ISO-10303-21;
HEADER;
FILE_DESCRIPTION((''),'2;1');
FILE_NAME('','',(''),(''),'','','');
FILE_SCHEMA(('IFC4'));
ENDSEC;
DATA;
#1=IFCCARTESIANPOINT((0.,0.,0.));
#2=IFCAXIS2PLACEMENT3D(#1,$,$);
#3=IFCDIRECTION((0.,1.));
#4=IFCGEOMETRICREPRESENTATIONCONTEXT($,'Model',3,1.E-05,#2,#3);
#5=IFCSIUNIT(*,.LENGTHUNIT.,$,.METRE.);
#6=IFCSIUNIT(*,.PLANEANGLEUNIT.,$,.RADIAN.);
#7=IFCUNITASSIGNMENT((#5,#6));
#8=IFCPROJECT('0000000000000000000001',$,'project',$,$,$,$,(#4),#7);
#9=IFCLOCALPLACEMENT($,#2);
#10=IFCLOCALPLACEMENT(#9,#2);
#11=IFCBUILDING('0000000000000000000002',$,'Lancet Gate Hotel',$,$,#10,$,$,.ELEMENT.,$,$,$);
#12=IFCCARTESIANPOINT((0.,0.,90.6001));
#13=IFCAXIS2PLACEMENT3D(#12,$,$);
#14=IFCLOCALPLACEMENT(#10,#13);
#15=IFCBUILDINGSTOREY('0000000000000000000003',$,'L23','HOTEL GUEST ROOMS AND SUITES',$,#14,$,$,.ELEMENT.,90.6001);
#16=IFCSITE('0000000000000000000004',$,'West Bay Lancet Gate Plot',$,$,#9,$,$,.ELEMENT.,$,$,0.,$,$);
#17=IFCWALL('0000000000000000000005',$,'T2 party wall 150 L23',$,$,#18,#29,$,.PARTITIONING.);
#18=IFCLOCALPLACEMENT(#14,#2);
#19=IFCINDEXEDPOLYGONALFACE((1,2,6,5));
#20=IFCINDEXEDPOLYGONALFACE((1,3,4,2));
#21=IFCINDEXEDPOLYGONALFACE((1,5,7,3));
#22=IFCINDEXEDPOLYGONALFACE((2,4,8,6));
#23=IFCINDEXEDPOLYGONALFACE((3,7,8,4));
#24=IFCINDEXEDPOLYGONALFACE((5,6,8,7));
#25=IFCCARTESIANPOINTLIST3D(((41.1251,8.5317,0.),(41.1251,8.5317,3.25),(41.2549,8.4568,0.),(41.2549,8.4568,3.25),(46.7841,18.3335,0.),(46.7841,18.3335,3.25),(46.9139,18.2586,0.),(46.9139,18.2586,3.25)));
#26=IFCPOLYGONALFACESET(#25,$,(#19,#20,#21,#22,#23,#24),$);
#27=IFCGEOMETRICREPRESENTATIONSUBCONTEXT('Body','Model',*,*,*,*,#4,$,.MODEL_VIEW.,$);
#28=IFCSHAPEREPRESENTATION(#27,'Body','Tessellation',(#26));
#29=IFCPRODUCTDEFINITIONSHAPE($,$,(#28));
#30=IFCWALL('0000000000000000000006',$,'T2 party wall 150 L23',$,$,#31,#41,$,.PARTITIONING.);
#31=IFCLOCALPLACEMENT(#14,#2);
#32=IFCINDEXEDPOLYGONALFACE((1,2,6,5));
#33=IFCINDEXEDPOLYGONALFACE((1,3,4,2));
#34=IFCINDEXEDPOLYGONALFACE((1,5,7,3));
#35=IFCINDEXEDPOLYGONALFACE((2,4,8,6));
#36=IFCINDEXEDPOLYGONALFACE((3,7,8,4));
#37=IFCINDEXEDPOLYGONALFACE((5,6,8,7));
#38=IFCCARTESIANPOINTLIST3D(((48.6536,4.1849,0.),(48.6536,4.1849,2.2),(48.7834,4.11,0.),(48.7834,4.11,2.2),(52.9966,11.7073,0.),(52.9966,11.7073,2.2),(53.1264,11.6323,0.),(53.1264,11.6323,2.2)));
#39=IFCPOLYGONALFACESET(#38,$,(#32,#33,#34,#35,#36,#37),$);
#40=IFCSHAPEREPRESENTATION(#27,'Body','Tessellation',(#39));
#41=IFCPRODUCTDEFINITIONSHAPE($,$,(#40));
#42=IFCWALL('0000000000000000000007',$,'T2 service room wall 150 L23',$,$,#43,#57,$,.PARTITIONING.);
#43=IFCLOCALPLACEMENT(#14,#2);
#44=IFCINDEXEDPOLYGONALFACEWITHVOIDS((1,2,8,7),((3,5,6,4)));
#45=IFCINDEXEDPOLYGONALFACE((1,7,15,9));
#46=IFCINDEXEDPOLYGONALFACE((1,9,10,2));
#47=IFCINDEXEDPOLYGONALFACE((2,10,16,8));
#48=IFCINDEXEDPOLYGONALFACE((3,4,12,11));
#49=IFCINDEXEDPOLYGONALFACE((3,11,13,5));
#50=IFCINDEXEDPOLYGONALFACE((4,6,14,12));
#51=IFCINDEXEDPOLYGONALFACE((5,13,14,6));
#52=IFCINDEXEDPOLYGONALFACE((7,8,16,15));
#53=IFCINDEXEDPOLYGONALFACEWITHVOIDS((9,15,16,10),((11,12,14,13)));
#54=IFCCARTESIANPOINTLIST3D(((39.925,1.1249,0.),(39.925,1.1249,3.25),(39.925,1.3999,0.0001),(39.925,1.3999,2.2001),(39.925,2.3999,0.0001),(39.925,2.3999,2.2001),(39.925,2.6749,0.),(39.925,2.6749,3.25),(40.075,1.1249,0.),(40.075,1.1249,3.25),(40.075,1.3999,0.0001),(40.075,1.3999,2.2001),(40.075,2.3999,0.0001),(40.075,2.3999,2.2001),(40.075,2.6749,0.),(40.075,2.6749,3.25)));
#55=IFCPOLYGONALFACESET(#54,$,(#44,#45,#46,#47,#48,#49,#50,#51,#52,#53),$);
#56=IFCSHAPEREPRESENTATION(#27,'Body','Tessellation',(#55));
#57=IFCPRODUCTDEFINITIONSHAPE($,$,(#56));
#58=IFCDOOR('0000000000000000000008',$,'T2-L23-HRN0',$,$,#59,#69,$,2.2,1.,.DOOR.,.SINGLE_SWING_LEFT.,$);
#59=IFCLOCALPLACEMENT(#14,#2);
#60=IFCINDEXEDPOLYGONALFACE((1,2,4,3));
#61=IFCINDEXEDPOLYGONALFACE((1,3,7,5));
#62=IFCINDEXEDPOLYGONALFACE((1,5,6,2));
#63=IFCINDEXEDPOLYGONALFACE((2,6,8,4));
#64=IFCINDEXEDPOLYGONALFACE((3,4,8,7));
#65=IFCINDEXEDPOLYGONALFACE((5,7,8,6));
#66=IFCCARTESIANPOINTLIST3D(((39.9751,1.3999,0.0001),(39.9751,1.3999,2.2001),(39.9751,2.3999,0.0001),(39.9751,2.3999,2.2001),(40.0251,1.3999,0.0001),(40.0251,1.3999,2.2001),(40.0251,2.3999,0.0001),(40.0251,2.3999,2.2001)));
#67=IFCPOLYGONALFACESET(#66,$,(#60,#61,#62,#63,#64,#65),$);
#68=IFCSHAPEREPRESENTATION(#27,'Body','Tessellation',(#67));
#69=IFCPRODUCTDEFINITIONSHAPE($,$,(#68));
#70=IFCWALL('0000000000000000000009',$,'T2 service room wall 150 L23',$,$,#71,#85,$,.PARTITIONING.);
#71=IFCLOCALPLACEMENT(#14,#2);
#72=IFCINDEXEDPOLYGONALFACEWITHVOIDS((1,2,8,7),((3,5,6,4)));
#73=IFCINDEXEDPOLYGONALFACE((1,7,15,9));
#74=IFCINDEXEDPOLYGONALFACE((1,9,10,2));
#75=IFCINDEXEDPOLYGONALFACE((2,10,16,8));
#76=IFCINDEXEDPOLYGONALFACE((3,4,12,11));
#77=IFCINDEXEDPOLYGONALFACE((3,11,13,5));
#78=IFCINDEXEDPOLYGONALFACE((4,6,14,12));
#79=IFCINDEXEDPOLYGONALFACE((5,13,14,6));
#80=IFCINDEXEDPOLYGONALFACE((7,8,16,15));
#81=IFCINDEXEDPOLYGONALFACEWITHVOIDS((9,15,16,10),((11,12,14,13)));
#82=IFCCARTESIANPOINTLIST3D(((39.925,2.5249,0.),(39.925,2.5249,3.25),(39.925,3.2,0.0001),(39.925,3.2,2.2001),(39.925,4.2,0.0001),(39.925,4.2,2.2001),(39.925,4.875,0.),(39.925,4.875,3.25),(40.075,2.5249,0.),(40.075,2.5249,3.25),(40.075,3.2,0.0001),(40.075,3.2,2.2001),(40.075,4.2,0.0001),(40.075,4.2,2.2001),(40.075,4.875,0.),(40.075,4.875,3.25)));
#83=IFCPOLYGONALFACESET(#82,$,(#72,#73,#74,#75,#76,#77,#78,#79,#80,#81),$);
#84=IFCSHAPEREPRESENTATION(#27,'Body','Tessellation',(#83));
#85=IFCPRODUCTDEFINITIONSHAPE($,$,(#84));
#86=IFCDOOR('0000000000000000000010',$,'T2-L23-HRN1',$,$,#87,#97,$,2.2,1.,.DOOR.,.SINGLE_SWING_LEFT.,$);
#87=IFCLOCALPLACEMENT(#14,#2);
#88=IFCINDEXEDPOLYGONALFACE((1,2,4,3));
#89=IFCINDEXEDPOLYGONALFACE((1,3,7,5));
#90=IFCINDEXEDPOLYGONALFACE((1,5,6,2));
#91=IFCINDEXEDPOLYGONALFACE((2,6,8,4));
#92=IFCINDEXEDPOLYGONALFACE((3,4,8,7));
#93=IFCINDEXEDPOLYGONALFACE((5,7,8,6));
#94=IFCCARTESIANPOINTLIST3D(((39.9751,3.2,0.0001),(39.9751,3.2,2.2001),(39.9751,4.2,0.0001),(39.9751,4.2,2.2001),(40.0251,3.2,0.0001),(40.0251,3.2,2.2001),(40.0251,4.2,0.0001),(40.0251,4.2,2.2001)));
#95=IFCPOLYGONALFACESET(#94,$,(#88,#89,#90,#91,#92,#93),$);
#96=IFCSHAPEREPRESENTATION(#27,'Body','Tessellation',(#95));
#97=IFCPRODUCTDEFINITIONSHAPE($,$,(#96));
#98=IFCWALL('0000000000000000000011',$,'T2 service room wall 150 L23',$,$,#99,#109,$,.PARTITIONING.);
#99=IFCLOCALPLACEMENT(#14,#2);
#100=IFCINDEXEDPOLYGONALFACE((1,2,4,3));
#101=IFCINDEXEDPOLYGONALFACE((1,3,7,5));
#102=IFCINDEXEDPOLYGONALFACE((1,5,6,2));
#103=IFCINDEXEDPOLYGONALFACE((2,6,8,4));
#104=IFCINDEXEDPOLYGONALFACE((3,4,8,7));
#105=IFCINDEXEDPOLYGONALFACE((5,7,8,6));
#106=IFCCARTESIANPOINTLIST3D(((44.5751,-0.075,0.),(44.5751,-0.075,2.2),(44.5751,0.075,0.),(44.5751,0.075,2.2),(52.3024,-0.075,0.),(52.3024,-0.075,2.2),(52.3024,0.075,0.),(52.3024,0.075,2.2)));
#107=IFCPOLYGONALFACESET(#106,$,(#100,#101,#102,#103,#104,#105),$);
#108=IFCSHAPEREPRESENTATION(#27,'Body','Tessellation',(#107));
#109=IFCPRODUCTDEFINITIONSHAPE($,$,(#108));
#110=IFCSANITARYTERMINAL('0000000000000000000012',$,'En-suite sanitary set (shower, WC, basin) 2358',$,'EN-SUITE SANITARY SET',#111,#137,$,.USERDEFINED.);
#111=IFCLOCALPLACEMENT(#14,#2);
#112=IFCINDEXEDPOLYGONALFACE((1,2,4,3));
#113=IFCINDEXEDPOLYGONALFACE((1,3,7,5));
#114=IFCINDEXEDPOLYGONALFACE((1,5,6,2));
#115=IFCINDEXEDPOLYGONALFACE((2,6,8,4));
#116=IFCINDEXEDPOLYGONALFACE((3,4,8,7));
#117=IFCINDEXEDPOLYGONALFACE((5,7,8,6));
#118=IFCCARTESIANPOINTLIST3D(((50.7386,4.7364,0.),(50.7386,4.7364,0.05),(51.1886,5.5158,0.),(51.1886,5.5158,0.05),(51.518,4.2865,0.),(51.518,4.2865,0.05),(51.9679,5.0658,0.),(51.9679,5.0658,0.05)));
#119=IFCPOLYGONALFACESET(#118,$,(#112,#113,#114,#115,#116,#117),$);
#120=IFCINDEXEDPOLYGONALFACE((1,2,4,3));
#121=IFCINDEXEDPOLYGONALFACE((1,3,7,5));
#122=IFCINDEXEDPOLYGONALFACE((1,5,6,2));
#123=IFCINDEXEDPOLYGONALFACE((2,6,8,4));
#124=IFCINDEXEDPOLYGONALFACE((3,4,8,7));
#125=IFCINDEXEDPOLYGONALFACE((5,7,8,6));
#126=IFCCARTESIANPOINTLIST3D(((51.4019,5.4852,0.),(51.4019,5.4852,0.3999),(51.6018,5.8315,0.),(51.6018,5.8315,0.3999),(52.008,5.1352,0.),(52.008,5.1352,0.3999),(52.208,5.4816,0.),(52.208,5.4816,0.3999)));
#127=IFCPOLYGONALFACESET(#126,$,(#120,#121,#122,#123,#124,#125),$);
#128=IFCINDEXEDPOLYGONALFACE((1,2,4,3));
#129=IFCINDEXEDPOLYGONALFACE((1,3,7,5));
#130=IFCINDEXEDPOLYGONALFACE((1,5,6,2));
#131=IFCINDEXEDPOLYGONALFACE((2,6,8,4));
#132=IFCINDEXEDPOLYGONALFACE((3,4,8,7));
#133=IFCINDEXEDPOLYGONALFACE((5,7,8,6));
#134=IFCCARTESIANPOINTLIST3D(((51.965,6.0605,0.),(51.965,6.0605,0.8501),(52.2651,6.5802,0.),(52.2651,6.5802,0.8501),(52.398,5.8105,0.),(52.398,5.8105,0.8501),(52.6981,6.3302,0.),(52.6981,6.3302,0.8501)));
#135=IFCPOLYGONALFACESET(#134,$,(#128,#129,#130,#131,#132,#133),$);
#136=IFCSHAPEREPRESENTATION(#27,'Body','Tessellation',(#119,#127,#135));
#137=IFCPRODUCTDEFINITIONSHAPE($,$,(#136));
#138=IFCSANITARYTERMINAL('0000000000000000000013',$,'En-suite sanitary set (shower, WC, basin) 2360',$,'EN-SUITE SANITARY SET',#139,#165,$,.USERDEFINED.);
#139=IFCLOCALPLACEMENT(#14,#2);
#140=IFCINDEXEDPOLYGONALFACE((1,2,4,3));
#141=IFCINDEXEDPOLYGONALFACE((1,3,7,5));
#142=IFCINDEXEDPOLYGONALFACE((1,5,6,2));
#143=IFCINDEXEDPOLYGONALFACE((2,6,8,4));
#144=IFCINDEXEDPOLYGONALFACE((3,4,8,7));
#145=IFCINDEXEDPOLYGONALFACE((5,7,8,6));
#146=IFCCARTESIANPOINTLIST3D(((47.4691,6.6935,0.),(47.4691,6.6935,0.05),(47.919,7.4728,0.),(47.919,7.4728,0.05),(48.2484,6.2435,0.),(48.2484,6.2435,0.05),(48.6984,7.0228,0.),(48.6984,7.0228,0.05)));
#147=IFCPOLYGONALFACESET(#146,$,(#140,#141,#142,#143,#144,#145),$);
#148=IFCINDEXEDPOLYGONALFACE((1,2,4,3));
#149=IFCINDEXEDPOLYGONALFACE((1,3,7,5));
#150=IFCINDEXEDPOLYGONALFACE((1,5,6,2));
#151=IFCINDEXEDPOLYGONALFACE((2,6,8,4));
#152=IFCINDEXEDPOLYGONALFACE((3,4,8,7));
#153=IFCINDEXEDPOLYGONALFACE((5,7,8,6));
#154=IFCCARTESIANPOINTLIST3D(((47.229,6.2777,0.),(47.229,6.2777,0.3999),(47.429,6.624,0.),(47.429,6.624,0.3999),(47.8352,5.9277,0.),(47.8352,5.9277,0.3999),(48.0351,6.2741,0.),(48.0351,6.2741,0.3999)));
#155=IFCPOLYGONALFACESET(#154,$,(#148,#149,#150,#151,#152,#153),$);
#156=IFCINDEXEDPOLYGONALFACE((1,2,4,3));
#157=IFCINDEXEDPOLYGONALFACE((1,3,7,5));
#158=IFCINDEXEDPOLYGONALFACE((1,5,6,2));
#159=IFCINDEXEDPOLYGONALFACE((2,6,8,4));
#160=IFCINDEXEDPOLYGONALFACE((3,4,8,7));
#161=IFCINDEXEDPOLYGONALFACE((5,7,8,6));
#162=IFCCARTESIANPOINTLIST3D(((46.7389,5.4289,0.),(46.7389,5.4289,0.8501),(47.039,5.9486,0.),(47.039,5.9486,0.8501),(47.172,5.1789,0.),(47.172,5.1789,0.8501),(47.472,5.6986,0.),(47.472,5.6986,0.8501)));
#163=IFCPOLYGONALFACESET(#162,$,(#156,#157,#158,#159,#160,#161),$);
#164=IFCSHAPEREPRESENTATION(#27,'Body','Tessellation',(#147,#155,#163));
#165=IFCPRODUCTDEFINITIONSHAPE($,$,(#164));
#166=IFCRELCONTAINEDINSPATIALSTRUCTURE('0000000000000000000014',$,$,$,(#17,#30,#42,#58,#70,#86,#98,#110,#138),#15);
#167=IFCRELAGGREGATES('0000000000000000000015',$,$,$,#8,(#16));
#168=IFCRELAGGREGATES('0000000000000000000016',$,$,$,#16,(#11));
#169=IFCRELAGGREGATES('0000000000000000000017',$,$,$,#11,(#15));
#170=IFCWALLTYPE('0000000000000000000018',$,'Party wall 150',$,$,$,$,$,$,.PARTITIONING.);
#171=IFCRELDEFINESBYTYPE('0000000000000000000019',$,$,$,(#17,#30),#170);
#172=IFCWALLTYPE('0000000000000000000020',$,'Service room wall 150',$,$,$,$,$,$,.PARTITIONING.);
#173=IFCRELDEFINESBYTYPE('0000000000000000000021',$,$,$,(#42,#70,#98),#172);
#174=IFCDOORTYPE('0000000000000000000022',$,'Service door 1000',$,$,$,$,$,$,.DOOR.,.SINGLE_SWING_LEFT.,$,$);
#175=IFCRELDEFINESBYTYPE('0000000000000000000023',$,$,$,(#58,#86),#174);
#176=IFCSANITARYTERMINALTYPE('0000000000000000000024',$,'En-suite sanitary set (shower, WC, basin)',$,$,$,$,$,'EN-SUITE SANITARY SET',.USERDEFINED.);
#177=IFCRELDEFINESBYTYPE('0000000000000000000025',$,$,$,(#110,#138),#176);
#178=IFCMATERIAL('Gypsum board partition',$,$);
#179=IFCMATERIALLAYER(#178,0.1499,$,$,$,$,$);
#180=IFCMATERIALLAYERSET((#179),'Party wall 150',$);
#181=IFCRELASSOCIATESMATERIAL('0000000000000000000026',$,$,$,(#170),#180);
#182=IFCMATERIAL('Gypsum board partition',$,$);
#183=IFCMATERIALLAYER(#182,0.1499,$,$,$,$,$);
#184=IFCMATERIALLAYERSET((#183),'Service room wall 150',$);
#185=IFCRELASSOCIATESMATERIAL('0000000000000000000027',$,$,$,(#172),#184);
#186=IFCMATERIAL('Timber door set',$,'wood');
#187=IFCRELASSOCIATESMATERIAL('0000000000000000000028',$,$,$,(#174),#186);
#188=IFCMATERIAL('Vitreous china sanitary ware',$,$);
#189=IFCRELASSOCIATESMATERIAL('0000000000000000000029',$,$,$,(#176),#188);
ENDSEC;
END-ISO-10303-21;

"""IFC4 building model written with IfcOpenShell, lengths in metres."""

from ifc_helpers import new_model, si_unit, direction, frame, frame_2d, origin, origin_2d, place, context, subcontext, project, spatial, rectangle, extrude, material, layer, layer_set, type_object, element, fill, save


model = new_model("IFC4")

# Units and contexts
model_context = context("Model", 3, precision=1e-05, world=origin(), true_north=direction((0.0, 1.0)))
body_context = subcontext(model_context, "Body", "Model", "MODEL_VIEW")
ifc_project = project(units=[si_unit("LENGTHUNIT", "METRE"), si_unit("PLANEANGLEUNIT", "RADIAN")], contexts=[model_context])

# Site, building, storey
site_placement = place(None, origin())
site = spatial("IfcSite", under=ifc_project, at=site_placement, Name="West Bay Lancet Gate Plot", CompositionType="ELEMENT", RefElevation=0.0)
building_placement = place(site_placement, origin())
building = spatial("IfcBuilding", under=site, at=building_placement, Name="Lancet Gate Hotel", CompositionType="ELEMENT")
storey_placement = place(building_placement, frame((0.0, 0.0, 90.6001)))
storey = spatial("IfcBuildingStorey", under=building, at=storey_placement, Name="L23", Description="HOTEL GUEST ROOMS AND SUITES", CompositionType="ELEMENT", Elevation=90.6001)

# Walls
ifc_material_1 = material(Name="Gypsum board partition")
ifc_layer_1 = layer(ifc_material_1, 0.1499)
ifc_layer_set_1 = layer_set([ifc_layer_1], Name="Party wall 150")
wall_type_1 = type_object("IfcWallType", Name="Party wall 150", PredefinedType="PARTITIONING", material=ifc_layer_set_1)
wall_1_placement = place(storey_placement, frame((41.1899, 8.4941, 0.0), z_axis=(0.0, 0.0, 1.0), x_axis=(0.499993, 0.86603, 0.0)))
element("IfcWall", 1, at=wall_1_placement, inside=storey, type_object=wall_type_1, Name="T2 party wall 150 L23", PredefinedType="PARTITIONING", context=body_context, shape_type="SweptSolid", body=[
    extrude(rectangle(XDim=11.3181, YDim=0.1499, at=frame_2d((5.6592, 0.0))), origin(), (0.0, 0.0, 1.0), 3.25),
])
wall_2_placement = place(storey_placement, frame((48.7185, 4.1475, 0.0), z_axis=(0.0, 0.0, 1.0), x_axis=(0.499993, 0.866029, 0.0)))
element("IfcWall", 2, at=wall_2_placement, inside=storey, type_object=wall_type_1, Name="T2 party wall 150 L23", PredefinedType="PARTITIONING", context=body_context, shape_type="SweptSolid", body=[
    extrude(rectangle(XDim=8.686, YDim=0.1499, at=frame_2d((4.343, 0.0))), origin(), (0.0, 0.0, 1.0), 2.2),
])

# Walls, openings, doors
ifc_material_2 = material(Name="Gypsum board partition")
ifc_layer_2 = layer(ifc_material_2, 0.1499)
ifc_layer_set_2 = layer_set([ifc_layer_2], Name="Service room wall 150")
wall_type_2 = type_object("IfcWallType", Name="Service room wall 150", PredefinedType="PARTITIONING", material=ifc_layer_set_2)
wall_3_placement = place(storey_placement, frame((40.0, 1.125, 0.0), z_axis=(0.0, 0.0, 1.0), x_axis=(0.0, 1.0, 0.0)))
wall_3 = element("IfcWall", 3, at=wall_3_placement, inside=storey, type_object=wall_type_2, Name="T2 service room wall 150 L23", PredefinedType="PARTITIONING", context=body_context, shape_type="SweptSolid", body=[
    extrude(rectangle(XDim=1.55, YDim=0.1499, at=frame_2d((0.7749, 0.0))), origin(), (0.0, 0.0, 1.0), 3.25),
])
opening_1_placement = place(wall_3_placement, frame((0.2749, 0.0, 0.0)))
opening_1 = element("IfcOpeningElement", 4, at=opening_1_placement, cuts=wall_3, PredefinedType="OPENING", context=body_context, shape_type="SweptSolid", body=[
    extrude(rectangle(XDim=1.0, YDim=2.2, at=frame_2d((0.5, 1.1001))), frame((0.0, 0.085, 0.0), z_axis=(0.0, -1.0, 0.0), x_axis=(1.0, 0.0, 0.0)), (0.0, 0.0, 1.0), 0.1699),
])
ifc_material_3 = material(Name="Timber door set", Category="wood")
door_type_1 = type_object("IfcDoorType", Name="Service door 1000", OperationType="SINGLE_SWING_LEFT", PredefinedType="DOOR", material=ifc_material_3)
door_1_placement = place(opening_1_placement, origin())
door_1 = element("IfcDoor", 5, at=door_1_placement, inside=storey, type_object=door_type_1, Name="T2-L23-HRN0", OperationType="SINGLE_SWING_LEFT", OverallHeight=2.2, OverallWidth=1.0, PredefinedType="DOOR", context=body_context, shape_type="SweptSolid", body=[
    extrude(rectangle(XDim=1.0, YDim=2.2, at=frame_2d((0.5, 1.1001))), frame((0.0, 0.0249, 0.0), z_axis=(0.0, -1.0, 0.0), x_axis=(1.0, 0.0, 0.0)), (0.0, 0.0, 1.0), 0.05),
])
fill(opening_1, door_1)
wall_4_placement = place(storey_placement, frame((40.0, 2.5249, 0.0), z_axis=(0.0, 0.0, 1.0), x_axis=(0.0, 1.0, 0.0)))
wall_4 = element("IfcWall", 6, at=wall_4_placement, inside=storey, type_object=wall_type_2, Name="T2 service room wall 150 L23", PredefinedType="PARTITIONING", context=body_context, shape_type="SweptSolid", body=[
    extrude(rectangle(XDim=2.3501, YDim=0.1499, at=frame_2d((1.175, 0.0))), origin(), (0.0, 0.0, 1.0), 3.25),
])
opening_2_placement = place(wall_4_placement, frame((0.675, 0.0, 0.0)))
opening_2 = element("IfcOpeningElement", 7, at=opening_2_placement, cuts=wall_4, PredefinedType="OPENING", context=body_context, shape_type="SweptSolid", body=[
    extrude(rectangle(XDim=1.0, YDim=2.2, at=frame_2d((0.5, 1.1001))), frame((0.0, 0.085, 0.0), z_axis=(0.0, -1.0, 0.0), x_axis=(1.0, 0.0, 0.0)), (0.0, 0.0, 1.0), 0.1699),
])
door_2_placement = place(opening_2_placement, origin())
door_2 = element("IfcDoor", 8, at=door_2_placement, inside=storey, type_object=door_type_1, Name="T2-L23-HRN1", OperationType="SINGLE_SWING_LEFT", OverallHeight=2.2, OverallWidth=1.0, PredefinedType="DOOR", context=body_context, shape_type="SweptSolid", body=[
    extrude(rectangle(XDim=1.0, YDim=2.2, at=frame_2d((0.5, 1.1001))), frame((0.0, 0.0249, 0.0), z_axis=(0.0, -1.0, 0.0), x_axis=(1.0, 0.0, 0.0)), (0.0, 0.0, 1.0), 0.05),
])
fill(opening_2, door_2)

# Wall
wall_5_placement = place(storey_placement, frame((44.575, 0.0, 0.0), z_axis=(0.0, 0.0, 1.0), x_axis=(1.0, 0.0, 0.0)))
element("IfcWall", 9, at=wall_5_placement, inside=storey, type_object=wall_type_2, Name="T2 service room wall 150 L23", PredefinedType="PARTITIONING", context=body_context, shape_type="SweptSolid", body=[
    extrude(rectangle(XDim=7.7273, YDim=0.1499, at=frame_2d((3.8638, 0.0))), origin(), (0.0, 0.0, 1.0), 2.2),
])

# Sanitary terminals
ifc_material_4 = material(Name="Vitreous china sanitary ware")
sanitary_terminal_type = type_object("IfcSanitaryTerminalType", Name="En-suite sanitary set (shower, WC, basin)", ElementType="EN-SUITE SANITARY SET", PredefinedType="USERDEFINED", material=ifc_material_4)
sanitary_terminal_1_placement = place(storey_placement, frame((51.3533, 4.9011, 0.0), z_axis=(0.0, 0.0, 1.0), x_axis=(1.0, 0.0, 0.0)))
element("IfcSanitaryTerminal", 10, at=sanitary_terminal_1_placement, inside=storey, type_object=sanitary_terminal_type, Name="En-suite sanitary set (shower, WC, basin) 2358", ObjectType="EN-SUITE SANITARY SET", PredefinedType="USERDEFINED", context=body_context, shape_type="SweptSolid", body=[
    extrude(rectangle(XDim=0.8999, YDim=0.8999, at=origin_2d()), frame((0.0, 0.0, 0.0), z_axis=(0.0, 0.0, 1.0), x_axis=(-0.5, -0.866025, 0.0)), (0.0, 0.0, 1.0), 0.05),
    extrude(rectangle(XDim=0.3999, YDim=0.7, at=origin_2d()), frame((0.4517, 0.5823, 0.0), z_axis=(0.0, 0.0, 1.0), x_axis=(-0.5, -0.866025, 0.0)), (0.0, 0.0, 1.0), 0.3999),
    extrude(rectangle(XDim=0.6001, YDim=0.5, at=origin_2d()), frame((0.9783, 1.2942, 0.0), z_axis=(0.0, 0.0, 1.0), x_axis=(-0.5, -0.866025, 0.0)), (0.0, 0.0, 1.0), 0.8501),
])
sanitary_terminal_2_placement = place(storey_placement, frame((48.0837, 6.8582, 0.0), z_axis=(0.0, 0.0, 1.0), x_axis=(1.0, 0.0, 0.0)))
element("IfcSanitaryTerminal", 11, at=sanitary_terminal_2_placement, inside=storey, type_object=sanitary_terminal_type, Name="En-suite sanitary set (shower, WC, basin) 2360", ObjectType="EN-SUITE SANITARY SET", PredefinedType="USERDEFINED", context=body_context, shape_type="SweptSolid", body=[
    extrude(rectangle(XDim=0.8999, YDim=0.8999, at=origin_2d()), frame((0.0, 0.0, 0.0), z_axis=(0.0, 0.0, 1.0), x_axis=(0.5, 0.866025, 0.0)), (0.0, 0.0, 1.0), 0.05),
    extrude(rectangle(XDim=0.3999, YDim=0.7, at=origin_2d()), frame((-0.4517, -0.5823, 0.0), z_axis=(0.0, 0.0, 1.0), x_axis=(0.5, 0.866025, 0.0)), (0.0, 0.0, 1.0), 0.3999),
    extrude(rectangle(XDim=0.6001, YDim=0.5, at=origin_2d()), frame((-0.9783, -1.2944, 0.0), z_axis=(0.0, 0.0, 1.0), x_axis=(0.5, 0.866025, 0.0)), (0.0, 0.0, 1.0), 0.8501),
])

save(model, "model.ifc")
